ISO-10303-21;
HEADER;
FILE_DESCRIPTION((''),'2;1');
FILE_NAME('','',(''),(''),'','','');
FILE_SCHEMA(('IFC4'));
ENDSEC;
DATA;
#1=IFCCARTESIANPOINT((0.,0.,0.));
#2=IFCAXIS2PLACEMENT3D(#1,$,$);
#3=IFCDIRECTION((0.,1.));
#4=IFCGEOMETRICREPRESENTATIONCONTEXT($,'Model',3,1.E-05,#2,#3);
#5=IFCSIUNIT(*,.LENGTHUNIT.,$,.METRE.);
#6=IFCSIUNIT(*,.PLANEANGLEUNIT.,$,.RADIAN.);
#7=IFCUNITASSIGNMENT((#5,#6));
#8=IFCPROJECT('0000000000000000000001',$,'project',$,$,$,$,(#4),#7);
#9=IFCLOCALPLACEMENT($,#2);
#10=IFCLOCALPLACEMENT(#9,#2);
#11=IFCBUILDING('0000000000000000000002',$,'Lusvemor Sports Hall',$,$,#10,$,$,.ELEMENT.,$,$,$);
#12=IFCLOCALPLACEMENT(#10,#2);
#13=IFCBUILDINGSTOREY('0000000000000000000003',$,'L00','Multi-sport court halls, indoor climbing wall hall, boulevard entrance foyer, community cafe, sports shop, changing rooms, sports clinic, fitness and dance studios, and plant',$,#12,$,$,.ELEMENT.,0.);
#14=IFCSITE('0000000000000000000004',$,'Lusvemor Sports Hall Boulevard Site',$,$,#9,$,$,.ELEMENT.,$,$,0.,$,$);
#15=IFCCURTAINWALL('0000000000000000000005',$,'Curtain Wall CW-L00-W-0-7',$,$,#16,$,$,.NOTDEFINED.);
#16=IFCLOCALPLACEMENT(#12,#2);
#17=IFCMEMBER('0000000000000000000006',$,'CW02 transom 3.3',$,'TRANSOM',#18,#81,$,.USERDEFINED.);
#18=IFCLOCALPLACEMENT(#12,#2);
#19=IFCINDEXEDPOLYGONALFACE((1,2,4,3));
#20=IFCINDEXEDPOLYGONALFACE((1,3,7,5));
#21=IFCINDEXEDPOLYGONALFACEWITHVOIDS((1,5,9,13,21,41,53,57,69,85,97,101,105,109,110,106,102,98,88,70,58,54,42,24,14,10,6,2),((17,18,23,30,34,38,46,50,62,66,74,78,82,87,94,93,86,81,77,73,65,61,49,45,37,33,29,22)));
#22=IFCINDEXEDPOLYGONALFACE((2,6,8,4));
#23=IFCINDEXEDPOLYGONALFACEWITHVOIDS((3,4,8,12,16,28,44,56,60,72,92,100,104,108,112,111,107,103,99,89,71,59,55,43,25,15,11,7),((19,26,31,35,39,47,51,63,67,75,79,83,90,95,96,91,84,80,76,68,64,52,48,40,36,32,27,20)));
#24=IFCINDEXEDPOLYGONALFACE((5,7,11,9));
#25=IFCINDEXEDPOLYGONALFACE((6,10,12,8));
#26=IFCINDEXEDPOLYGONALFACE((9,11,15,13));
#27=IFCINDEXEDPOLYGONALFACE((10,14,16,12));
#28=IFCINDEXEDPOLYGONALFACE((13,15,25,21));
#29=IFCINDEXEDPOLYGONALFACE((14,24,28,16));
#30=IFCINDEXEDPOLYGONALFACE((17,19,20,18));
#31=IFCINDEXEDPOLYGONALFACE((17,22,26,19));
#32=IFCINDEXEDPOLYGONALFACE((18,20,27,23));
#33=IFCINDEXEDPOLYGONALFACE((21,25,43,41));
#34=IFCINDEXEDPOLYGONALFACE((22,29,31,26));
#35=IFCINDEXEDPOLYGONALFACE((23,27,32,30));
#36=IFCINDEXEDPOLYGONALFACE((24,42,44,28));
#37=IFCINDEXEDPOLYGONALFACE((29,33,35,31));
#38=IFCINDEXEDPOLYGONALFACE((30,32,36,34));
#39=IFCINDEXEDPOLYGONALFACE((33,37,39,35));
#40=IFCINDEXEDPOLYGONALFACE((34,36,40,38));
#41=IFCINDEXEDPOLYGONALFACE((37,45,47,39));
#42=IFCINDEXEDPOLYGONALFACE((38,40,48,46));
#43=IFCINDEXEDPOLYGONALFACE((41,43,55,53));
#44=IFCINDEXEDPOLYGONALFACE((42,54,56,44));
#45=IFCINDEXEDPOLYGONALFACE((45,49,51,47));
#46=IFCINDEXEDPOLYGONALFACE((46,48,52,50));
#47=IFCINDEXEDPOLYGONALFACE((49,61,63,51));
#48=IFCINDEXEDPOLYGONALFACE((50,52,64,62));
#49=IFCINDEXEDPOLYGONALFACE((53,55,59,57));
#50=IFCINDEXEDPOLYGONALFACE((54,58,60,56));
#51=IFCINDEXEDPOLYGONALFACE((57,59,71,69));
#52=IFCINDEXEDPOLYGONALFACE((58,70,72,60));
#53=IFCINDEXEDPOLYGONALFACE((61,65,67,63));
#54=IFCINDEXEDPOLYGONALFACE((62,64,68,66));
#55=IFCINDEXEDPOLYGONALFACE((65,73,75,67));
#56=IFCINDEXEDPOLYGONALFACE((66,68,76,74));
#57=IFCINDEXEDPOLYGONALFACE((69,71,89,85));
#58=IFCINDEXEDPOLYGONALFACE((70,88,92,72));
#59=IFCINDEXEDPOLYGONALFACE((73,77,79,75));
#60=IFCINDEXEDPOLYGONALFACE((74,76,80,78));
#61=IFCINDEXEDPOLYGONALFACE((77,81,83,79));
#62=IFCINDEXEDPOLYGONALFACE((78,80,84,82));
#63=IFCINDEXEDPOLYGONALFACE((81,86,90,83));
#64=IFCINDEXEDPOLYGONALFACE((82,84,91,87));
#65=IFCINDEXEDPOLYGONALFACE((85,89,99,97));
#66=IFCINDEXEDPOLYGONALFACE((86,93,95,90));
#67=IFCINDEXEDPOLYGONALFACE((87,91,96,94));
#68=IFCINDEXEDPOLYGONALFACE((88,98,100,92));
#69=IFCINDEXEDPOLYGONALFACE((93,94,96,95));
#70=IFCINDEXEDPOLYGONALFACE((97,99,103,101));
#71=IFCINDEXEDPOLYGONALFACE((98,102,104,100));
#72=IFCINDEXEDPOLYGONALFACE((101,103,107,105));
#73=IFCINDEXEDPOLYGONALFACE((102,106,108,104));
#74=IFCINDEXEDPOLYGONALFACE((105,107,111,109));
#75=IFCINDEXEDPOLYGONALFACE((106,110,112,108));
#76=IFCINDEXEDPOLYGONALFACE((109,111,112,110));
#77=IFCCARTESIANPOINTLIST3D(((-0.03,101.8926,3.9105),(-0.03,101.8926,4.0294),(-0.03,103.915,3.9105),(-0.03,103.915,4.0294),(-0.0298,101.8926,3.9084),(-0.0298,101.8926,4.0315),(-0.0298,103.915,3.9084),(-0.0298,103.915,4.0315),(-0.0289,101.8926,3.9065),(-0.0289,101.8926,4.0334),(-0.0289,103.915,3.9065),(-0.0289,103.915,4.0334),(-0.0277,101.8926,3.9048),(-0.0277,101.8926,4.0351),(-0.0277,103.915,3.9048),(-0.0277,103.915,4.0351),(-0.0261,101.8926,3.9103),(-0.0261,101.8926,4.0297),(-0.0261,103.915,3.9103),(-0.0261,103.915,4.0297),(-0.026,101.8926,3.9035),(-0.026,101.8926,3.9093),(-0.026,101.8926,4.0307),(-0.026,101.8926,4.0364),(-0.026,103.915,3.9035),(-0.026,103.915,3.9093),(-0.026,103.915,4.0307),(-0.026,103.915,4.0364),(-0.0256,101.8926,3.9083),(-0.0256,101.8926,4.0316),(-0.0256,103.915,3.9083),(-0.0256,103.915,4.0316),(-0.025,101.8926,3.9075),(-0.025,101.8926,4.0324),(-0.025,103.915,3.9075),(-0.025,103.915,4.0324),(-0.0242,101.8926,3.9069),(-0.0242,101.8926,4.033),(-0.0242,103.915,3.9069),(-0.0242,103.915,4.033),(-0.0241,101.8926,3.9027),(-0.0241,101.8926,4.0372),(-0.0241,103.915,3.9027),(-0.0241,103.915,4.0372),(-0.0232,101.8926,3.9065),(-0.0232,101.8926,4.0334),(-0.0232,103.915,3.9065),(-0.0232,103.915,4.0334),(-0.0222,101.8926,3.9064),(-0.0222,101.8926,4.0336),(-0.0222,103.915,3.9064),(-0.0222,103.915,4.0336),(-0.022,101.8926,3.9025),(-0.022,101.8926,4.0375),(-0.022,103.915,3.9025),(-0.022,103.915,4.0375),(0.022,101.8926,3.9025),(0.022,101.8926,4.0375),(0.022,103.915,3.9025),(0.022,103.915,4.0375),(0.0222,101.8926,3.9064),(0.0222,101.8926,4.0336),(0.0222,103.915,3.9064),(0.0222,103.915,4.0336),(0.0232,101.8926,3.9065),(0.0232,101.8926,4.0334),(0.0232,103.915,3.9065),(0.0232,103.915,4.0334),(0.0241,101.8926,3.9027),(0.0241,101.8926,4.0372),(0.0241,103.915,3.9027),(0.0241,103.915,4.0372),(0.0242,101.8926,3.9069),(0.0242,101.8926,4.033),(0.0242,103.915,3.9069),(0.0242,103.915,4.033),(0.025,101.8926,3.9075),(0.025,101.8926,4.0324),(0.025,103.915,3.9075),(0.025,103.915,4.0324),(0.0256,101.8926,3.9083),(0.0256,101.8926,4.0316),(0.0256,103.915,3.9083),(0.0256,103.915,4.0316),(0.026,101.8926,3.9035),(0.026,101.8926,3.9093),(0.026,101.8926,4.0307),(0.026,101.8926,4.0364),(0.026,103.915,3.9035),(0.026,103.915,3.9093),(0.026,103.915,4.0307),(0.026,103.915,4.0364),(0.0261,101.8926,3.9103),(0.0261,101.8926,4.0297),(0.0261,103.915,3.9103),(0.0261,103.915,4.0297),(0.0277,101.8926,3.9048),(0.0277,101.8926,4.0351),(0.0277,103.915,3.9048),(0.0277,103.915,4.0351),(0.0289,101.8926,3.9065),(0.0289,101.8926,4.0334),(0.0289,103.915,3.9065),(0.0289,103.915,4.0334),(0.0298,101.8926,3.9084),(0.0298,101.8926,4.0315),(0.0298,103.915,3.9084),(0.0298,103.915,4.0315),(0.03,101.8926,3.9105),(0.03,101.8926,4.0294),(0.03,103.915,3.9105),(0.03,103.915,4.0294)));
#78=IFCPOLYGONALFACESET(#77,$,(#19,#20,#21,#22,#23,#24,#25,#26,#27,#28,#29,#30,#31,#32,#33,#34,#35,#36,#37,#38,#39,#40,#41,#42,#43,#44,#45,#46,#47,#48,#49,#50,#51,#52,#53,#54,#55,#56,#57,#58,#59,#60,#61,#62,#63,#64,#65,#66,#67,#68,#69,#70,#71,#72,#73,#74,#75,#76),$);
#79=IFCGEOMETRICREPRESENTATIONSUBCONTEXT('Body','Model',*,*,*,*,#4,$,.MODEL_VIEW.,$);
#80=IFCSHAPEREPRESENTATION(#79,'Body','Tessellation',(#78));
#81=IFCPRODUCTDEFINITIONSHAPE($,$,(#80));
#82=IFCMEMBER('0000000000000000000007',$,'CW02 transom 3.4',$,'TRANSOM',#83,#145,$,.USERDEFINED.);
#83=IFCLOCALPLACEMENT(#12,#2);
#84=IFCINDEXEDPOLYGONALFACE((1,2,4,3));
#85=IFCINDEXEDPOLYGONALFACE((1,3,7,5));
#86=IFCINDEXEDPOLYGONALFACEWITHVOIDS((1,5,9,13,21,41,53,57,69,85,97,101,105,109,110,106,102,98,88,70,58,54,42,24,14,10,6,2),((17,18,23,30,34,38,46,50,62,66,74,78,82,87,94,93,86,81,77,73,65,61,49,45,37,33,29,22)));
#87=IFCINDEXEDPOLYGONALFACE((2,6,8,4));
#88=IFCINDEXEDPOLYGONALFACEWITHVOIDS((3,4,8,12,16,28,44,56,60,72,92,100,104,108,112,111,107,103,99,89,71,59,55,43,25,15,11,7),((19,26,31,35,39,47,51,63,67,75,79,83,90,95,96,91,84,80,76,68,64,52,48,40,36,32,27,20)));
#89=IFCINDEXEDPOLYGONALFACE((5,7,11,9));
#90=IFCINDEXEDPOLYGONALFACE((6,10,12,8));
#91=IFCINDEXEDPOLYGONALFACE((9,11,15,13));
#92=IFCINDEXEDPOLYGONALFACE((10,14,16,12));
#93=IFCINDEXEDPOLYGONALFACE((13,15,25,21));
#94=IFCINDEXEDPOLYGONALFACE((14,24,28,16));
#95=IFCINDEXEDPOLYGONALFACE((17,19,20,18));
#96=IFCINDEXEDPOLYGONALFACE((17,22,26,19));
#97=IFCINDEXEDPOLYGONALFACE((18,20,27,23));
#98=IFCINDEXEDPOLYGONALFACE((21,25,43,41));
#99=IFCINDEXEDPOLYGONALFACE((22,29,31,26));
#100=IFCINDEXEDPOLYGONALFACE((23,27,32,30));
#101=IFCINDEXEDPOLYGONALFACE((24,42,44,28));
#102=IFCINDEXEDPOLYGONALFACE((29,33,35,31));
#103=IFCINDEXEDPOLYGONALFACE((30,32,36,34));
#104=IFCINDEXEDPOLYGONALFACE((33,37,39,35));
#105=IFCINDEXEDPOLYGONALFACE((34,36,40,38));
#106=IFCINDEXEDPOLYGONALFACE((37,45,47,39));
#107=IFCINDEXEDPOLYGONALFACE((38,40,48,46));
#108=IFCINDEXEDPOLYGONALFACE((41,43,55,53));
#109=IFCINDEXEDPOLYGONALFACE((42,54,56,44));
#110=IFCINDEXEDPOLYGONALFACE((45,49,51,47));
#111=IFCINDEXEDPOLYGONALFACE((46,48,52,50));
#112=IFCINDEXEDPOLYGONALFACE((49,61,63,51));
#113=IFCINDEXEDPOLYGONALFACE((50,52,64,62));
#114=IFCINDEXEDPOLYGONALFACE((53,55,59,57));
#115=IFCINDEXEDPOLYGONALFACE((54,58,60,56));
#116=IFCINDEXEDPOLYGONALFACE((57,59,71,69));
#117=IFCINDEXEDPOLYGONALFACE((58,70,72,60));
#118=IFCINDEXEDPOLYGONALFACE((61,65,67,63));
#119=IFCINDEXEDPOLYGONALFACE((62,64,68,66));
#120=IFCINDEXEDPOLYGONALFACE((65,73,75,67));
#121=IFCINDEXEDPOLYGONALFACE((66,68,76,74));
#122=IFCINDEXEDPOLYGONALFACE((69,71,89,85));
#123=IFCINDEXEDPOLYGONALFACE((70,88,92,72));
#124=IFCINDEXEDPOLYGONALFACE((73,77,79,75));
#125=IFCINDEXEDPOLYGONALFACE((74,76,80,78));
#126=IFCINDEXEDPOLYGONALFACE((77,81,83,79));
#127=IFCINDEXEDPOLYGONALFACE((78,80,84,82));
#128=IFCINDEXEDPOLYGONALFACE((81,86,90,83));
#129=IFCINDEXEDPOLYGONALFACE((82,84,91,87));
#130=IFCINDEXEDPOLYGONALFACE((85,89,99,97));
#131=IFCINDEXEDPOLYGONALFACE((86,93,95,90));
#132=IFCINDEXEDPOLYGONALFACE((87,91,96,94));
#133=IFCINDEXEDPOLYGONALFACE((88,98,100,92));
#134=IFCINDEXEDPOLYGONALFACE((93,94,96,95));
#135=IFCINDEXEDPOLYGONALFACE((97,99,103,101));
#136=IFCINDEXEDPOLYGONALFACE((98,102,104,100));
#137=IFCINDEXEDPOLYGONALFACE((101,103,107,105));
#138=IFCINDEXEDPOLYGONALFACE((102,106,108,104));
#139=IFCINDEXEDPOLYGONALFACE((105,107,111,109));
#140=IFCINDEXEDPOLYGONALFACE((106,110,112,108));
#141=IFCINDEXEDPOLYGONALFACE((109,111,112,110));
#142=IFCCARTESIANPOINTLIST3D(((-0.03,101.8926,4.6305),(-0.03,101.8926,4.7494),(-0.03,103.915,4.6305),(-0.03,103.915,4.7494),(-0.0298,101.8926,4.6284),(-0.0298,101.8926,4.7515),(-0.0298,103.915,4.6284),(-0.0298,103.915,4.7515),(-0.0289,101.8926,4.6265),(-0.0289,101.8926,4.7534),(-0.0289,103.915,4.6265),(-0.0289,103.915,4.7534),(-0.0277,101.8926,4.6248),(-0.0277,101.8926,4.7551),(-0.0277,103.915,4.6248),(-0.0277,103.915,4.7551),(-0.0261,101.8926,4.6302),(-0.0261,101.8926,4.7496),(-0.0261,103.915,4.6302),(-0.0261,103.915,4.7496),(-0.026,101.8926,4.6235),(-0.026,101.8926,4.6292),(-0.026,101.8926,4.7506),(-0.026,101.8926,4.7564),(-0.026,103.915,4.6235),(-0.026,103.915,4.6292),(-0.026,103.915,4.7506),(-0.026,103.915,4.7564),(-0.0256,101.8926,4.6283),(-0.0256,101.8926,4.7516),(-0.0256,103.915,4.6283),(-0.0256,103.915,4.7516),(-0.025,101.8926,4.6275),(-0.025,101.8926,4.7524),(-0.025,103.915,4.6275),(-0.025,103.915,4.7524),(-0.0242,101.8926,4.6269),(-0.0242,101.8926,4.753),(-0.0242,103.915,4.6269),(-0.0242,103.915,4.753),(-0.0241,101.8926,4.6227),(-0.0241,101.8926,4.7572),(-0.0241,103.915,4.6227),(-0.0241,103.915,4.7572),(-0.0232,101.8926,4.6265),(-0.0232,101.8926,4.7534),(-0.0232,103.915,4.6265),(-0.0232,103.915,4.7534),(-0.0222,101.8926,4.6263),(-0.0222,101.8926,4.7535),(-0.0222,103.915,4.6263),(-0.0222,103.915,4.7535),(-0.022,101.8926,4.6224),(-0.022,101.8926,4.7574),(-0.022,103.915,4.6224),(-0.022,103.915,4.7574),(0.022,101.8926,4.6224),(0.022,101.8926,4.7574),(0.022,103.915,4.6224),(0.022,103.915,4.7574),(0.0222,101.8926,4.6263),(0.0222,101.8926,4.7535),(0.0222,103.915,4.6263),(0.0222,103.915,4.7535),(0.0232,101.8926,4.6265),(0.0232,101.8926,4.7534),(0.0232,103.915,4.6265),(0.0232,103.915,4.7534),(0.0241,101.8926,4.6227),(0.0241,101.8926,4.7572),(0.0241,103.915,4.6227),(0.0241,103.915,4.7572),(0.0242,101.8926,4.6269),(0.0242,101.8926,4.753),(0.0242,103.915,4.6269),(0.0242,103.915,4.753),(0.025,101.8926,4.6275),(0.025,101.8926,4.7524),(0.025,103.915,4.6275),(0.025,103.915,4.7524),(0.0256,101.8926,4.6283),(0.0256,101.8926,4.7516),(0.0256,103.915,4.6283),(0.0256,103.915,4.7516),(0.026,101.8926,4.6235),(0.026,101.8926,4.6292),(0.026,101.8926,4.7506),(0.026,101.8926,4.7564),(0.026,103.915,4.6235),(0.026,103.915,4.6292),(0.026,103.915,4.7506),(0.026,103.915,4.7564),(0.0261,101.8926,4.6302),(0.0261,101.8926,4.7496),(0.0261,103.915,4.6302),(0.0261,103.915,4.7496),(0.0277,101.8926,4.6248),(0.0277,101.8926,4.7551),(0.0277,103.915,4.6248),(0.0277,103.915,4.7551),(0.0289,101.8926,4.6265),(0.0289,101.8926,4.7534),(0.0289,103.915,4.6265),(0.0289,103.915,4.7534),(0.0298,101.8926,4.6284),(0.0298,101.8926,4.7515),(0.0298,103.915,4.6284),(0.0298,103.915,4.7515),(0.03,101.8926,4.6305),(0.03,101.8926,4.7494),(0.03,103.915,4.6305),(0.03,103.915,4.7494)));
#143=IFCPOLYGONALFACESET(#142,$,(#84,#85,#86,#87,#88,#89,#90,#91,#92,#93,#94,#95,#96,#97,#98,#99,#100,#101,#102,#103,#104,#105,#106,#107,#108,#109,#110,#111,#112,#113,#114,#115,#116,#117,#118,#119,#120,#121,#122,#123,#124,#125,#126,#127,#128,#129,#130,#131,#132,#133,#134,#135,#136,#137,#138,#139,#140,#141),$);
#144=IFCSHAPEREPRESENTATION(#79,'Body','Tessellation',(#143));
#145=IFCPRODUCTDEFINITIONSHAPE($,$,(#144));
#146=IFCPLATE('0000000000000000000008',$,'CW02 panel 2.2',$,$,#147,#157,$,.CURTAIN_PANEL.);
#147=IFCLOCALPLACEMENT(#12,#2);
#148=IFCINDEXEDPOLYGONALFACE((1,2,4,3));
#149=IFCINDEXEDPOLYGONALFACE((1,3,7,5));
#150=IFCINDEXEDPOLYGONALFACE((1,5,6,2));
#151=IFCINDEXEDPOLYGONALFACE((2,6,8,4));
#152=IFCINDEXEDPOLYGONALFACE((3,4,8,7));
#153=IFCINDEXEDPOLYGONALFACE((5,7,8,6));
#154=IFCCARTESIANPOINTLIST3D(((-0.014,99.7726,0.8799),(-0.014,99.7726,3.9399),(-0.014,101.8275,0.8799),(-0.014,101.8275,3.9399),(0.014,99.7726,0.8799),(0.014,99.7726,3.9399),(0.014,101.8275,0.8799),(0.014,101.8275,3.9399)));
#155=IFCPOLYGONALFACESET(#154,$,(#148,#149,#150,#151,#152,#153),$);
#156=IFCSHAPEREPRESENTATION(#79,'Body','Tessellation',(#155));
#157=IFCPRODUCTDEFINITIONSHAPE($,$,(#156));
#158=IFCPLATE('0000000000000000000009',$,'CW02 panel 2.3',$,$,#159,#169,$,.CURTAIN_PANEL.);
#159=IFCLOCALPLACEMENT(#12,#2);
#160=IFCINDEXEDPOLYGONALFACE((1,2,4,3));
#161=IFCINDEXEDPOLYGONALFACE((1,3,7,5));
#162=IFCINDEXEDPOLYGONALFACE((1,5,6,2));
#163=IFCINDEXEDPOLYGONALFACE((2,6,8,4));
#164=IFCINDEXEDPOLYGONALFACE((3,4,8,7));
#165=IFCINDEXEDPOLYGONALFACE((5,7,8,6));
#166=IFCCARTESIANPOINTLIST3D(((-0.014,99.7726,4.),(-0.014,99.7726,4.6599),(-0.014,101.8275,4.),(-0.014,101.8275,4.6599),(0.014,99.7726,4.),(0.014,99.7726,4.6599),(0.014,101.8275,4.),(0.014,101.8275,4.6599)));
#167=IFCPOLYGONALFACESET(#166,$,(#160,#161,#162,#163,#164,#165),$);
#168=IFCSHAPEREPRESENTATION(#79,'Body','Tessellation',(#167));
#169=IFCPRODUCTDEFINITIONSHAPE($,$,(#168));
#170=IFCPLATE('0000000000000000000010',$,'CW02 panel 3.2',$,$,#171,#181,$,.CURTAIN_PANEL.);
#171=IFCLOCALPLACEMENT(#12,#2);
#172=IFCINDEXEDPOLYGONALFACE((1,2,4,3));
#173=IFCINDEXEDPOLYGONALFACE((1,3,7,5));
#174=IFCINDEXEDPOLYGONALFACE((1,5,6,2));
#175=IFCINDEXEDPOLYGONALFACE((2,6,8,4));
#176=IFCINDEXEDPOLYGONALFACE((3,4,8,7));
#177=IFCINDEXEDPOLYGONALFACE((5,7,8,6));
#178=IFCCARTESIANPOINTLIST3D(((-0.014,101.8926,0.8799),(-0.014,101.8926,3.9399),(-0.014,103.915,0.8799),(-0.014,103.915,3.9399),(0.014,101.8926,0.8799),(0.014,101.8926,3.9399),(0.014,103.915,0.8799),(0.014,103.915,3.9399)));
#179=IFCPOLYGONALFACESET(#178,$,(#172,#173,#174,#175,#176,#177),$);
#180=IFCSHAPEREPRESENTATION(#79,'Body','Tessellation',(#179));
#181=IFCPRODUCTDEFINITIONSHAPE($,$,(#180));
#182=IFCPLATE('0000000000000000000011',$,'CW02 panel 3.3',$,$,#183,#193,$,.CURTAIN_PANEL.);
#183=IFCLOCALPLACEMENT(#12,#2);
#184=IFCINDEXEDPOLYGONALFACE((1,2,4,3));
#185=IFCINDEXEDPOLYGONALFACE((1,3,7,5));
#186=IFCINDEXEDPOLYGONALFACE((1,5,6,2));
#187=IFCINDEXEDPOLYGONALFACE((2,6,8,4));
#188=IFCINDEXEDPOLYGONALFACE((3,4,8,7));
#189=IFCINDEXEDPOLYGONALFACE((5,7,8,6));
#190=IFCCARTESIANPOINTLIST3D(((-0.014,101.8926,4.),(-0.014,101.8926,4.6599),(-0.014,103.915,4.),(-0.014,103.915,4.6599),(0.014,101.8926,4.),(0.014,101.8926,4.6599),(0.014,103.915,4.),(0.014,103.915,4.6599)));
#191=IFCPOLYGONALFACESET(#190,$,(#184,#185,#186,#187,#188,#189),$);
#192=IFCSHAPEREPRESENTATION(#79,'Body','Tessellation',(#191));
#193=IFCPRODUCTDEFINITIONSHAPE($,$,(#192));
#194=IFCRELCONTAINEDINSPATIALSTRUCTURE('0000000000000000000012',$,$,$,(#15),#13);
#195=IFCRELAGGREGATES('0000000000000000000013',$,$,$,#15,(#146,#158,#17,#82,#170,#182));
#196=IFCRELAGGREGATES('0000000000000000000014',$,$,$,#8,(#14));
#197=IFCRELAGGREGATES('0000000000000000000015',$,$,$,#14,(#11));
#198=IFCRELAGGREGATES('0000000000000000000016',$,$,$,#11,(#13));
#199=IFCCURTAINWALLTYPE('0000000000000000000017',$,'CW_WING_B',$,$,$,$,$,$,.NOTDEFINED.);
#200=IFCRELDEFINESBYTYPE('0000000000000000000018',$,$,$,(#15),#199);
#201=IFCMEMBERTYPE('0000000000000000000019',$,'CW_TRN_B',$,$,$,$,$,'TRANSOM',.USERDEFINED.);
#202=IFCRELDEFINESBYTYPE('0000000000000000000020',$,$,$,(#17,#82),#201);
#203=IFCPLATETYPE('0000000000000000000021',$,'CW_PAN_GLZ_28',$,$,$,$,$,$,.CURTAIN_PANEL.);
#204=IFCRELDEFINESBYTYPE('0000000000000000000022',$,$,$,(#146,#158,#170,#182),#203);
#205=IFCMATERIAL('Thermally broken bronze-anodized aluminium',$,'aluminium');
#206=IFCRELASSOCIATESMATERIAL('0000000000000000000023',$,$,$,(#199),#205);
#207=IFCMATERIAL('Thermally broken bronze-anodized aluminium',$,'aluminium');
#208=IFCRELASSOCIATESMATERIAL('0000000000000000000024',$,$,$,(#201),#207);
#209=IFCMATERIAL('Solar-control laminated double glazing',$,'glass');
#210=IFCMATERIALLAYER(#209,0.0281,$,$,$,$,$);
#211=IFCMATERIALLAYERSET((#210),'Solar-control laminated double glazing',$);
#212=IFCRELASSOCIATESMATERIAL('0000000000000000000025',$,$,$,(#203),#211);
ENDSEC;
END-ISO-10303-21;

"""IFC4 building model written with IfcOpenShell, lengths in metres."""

from ifc_helpers import new_model, si_unit, direction, frame, origin, origin_2d, place, context, subcontext, project, spatial, rectangle, hollow_rectangle, extrude, material, layer, layer_set, material_profile, profile_set, type_object, element, aggregate, save


model = new_model("IFC4")

# Units and contexts
model_context = context("Model", 3, precision=1e-05, world=origin(), true_north=direction((0.0, 1.0)))
body_context = subcontext(model_context, "Body", "Model", "MODEL_VIEW")
ifc_project = project(units=[si_unit("LENGTHUNIT", "METRE"), si_unit("PLANEANGLEUNIT", "RADIAN")], contexts=[model_context])

# Site, building, storey
site_placement = place(None, origin())
site = spatial("IfcSite", under=ifc_project, at=site_placement, Name="Lusvemor Sports Hall Boulevard Site", CompositionType="ELEMENT", RefElevation=0.0)
building_placement = place(site_placement, origin())
building = spatial("IfcBuilding", under=site, at=building_placement, Name="Lusvemor Sports Hall", CompositionType="ELEMENT")
storey_placement = place(building_placement, origin())
storey = spatial("IfcBuildingStorey", under=building, at=storey_placement, Name="L00", Description="Multi-sport court halls, indoor climbing wall hall, boulevard entrance foyer, community cafe, sports shop, changing rooms, sports clinic, fitness and dance studios, and plant", CompositionType="ELEMENT", Elevation=0.0)

# Curtain wall, members, plates
ifc_material_1 = material(Name="Thermally broken bronze-anodized aluminium", Category="aluminium")
curtain_wall_type = type_object("IfcCurtainWallType", Name="CW_WING_B", PredefinedType="NOTDEFINED", material=ifc_material_1)
curtain_wall_placement = place(storey_placement, origin())
curtain_wall = element("IfcCurtainWall", 1, at=curtain_wall_placement, inside=storey, type_object=curtain_wall_type, Name="Curtain Wall CW-L00-W-0-7", PredefinedType="NOTDEFINED")
ifc_material_2 = material(Name="Thermally broken bronze-anodized aluminium", Category="aluminium")
ifc_material_profile_1 = material_profile(ifc_material_2, hollow_rectangle(XDim=0.0601, YDim=0.135, WallThickness=0.0039, InnerFilletRadius=0.0039, OuterFilletRadius=0.0081, at=origin_2d()), Name="CWTRN135x60x4")
ifc_profile_set_1 = profile_set([ifc_material_profile_1], Name="Thermally broken bronze-anodized aluminium")
member_type_1 = type_object("IfcMemberType", Name="CW_TRN_B", ElementType="TRANSOM", PredefinedType="USERDEFINED", material=ifc_profile_set_1)
member_1_placement = place(storey_placement, frame((0.0, 101.8926, 3.97), z_axis=(0.0, 1.0, 0.0), x_axis=(-1.0, 0.0, 0.0)))
member_1 = element("IfcMember", 2, at=member_1_placement, type_object=member_type_1, Name="CW02 transom 3.3", ObjectType="TRANSOM", PredefinedType="USERDEFINED", context=body_context, shape_type="SweptSolid", body=[
    extrude(hollow_rectangle(XDim=0.0601, YDim=0.135, WallThickness=0.0039, InnerFilletRadius=0.0039, OuterFilletRadius=0.0081, at=origin_2d()), origin(), (0.0, 0.0, 1.0), 2.0225),
])
member_2_placement = place(storey_placement, frame((0.0, 101.8926, 4.6899), z_axis=(0.0, 1.0, 0.0), x_axis=(-1.0, 0.0, 0.0)))
member_2 = element("IfcMember", 3, at=member_2_placement, type_object=member_type_1, Name="CW02 transom 3.4", ObjectType="TRANSOM", PredefinedType="USERDEFINED", context=body_context, shape_type="SweptSolid", body=[
    extrude(hollow_rectangle(XDim=0.0601, YDim=0.135, WallThickness=0.0039, InnerFilletRadius=0.0039, OuterFilletRadius=0.0081, at=origin_2d()), origin(), (0.0, 0.0, 1.0), 2.0225),
])
ifc_material_3 = material(Name="Solar-control laminated double glazing", Category="glass")
ifc_layer_1 = layer(ifc_material_3, 0.0281)
ifc_layer_set_1 = layer_set([ifc_layer_1], Name="Solar-control laminated double glazing")
plate_type_1 = type_object("IfcPlateType", Name="CW_PAN_GLZ_28", PredefinedType="CURTAIN_PANEL", material=ifc_layer_set_1)
plate_1_placement = place(storey_placement, frame((0.0, 100.8, 0.8799), z_axis=(0.0, 0.0, 1.0), x_axis=(0.0, 1.0, 0.0)))
plate_1 = element("IfcPlate", 4, at=plate_1_placement, type_object=plate_type_1, Name="CW02 panel 2.2", PredefinedType="CURTAIN_PANEL", context=body_context, shape_type="SweptSolid", body=[
    extrude(rectangle(XDim=2.0549, YDim=0.0281, at=origin_2d()), origin(), (0.0, 0.0, 1.0), 3.0601),
])
plate_2_placement = place(storey_placement, frame((0.0, 100.8, 4.0), z_axis=(0.0, 0.0, 1.0), x_axis=(0.0, 1.0, 0.0)))
plate_2 = element("IfcPlate", 5, at=plate_2_placement, type_object=plate_type_1, Name="CW02 panel 2.3", PredefinedType="CURTAIN_PANEL", context=body_context, shape_type="SweptSolid", body=[
    extrude(rectangle(XDim=2.0549, YDim=0.0281, at=origin_2d()), origin(), (0.0, 0.0, 1.0), 0.6599),
])
plate_3_placement = place(storey_placement, frame((0.0, 102.9038, 0.8799), z_axis=(0.0, 0.0, 1.0), x_axis=(0.0, 1.0, 0.0)))
plate_3 = element("IfcPlate", 6, at=plate_3_placement, type_object=plate_type_1, Name="CW02 panel 3.2", PredefinedType="CURTAIN_PANEL", context=body_context, shape_type="SweptSolid", body=[
    extrude(rectangle(XDim=2.0225, YDim=0.0281, at=origin_2d()), origin(), (0.0, 0.0, 1.0), 3.0601),
])
plate_4_placement = place(storey_placement, frame((0.0, 102.9038, 4.0), z_axis=(0.0, 0.0, 1.0), x_axis=(0.0, 1.0, 0.0)))
plate_4 = element("IfcPlate", 7, at=plate_4_placement, type_object=plate_type_1, Name="CW02 panel 3.3", PredefinedType="CURTAIN_PANEL", context=body_context, shape_type="SweptSolid", body=[
    extrude(rectangle(XDim=2.0225, YDim=0.0281, at=origin_2d()), origin(), (0.0, 0.0, 1.0), 0.6599),
])
aggregate(curtain_wall, [plate_1, plate_2, member_1, member_2, plate_3, plate_4])

save(model, "model.ifc")
